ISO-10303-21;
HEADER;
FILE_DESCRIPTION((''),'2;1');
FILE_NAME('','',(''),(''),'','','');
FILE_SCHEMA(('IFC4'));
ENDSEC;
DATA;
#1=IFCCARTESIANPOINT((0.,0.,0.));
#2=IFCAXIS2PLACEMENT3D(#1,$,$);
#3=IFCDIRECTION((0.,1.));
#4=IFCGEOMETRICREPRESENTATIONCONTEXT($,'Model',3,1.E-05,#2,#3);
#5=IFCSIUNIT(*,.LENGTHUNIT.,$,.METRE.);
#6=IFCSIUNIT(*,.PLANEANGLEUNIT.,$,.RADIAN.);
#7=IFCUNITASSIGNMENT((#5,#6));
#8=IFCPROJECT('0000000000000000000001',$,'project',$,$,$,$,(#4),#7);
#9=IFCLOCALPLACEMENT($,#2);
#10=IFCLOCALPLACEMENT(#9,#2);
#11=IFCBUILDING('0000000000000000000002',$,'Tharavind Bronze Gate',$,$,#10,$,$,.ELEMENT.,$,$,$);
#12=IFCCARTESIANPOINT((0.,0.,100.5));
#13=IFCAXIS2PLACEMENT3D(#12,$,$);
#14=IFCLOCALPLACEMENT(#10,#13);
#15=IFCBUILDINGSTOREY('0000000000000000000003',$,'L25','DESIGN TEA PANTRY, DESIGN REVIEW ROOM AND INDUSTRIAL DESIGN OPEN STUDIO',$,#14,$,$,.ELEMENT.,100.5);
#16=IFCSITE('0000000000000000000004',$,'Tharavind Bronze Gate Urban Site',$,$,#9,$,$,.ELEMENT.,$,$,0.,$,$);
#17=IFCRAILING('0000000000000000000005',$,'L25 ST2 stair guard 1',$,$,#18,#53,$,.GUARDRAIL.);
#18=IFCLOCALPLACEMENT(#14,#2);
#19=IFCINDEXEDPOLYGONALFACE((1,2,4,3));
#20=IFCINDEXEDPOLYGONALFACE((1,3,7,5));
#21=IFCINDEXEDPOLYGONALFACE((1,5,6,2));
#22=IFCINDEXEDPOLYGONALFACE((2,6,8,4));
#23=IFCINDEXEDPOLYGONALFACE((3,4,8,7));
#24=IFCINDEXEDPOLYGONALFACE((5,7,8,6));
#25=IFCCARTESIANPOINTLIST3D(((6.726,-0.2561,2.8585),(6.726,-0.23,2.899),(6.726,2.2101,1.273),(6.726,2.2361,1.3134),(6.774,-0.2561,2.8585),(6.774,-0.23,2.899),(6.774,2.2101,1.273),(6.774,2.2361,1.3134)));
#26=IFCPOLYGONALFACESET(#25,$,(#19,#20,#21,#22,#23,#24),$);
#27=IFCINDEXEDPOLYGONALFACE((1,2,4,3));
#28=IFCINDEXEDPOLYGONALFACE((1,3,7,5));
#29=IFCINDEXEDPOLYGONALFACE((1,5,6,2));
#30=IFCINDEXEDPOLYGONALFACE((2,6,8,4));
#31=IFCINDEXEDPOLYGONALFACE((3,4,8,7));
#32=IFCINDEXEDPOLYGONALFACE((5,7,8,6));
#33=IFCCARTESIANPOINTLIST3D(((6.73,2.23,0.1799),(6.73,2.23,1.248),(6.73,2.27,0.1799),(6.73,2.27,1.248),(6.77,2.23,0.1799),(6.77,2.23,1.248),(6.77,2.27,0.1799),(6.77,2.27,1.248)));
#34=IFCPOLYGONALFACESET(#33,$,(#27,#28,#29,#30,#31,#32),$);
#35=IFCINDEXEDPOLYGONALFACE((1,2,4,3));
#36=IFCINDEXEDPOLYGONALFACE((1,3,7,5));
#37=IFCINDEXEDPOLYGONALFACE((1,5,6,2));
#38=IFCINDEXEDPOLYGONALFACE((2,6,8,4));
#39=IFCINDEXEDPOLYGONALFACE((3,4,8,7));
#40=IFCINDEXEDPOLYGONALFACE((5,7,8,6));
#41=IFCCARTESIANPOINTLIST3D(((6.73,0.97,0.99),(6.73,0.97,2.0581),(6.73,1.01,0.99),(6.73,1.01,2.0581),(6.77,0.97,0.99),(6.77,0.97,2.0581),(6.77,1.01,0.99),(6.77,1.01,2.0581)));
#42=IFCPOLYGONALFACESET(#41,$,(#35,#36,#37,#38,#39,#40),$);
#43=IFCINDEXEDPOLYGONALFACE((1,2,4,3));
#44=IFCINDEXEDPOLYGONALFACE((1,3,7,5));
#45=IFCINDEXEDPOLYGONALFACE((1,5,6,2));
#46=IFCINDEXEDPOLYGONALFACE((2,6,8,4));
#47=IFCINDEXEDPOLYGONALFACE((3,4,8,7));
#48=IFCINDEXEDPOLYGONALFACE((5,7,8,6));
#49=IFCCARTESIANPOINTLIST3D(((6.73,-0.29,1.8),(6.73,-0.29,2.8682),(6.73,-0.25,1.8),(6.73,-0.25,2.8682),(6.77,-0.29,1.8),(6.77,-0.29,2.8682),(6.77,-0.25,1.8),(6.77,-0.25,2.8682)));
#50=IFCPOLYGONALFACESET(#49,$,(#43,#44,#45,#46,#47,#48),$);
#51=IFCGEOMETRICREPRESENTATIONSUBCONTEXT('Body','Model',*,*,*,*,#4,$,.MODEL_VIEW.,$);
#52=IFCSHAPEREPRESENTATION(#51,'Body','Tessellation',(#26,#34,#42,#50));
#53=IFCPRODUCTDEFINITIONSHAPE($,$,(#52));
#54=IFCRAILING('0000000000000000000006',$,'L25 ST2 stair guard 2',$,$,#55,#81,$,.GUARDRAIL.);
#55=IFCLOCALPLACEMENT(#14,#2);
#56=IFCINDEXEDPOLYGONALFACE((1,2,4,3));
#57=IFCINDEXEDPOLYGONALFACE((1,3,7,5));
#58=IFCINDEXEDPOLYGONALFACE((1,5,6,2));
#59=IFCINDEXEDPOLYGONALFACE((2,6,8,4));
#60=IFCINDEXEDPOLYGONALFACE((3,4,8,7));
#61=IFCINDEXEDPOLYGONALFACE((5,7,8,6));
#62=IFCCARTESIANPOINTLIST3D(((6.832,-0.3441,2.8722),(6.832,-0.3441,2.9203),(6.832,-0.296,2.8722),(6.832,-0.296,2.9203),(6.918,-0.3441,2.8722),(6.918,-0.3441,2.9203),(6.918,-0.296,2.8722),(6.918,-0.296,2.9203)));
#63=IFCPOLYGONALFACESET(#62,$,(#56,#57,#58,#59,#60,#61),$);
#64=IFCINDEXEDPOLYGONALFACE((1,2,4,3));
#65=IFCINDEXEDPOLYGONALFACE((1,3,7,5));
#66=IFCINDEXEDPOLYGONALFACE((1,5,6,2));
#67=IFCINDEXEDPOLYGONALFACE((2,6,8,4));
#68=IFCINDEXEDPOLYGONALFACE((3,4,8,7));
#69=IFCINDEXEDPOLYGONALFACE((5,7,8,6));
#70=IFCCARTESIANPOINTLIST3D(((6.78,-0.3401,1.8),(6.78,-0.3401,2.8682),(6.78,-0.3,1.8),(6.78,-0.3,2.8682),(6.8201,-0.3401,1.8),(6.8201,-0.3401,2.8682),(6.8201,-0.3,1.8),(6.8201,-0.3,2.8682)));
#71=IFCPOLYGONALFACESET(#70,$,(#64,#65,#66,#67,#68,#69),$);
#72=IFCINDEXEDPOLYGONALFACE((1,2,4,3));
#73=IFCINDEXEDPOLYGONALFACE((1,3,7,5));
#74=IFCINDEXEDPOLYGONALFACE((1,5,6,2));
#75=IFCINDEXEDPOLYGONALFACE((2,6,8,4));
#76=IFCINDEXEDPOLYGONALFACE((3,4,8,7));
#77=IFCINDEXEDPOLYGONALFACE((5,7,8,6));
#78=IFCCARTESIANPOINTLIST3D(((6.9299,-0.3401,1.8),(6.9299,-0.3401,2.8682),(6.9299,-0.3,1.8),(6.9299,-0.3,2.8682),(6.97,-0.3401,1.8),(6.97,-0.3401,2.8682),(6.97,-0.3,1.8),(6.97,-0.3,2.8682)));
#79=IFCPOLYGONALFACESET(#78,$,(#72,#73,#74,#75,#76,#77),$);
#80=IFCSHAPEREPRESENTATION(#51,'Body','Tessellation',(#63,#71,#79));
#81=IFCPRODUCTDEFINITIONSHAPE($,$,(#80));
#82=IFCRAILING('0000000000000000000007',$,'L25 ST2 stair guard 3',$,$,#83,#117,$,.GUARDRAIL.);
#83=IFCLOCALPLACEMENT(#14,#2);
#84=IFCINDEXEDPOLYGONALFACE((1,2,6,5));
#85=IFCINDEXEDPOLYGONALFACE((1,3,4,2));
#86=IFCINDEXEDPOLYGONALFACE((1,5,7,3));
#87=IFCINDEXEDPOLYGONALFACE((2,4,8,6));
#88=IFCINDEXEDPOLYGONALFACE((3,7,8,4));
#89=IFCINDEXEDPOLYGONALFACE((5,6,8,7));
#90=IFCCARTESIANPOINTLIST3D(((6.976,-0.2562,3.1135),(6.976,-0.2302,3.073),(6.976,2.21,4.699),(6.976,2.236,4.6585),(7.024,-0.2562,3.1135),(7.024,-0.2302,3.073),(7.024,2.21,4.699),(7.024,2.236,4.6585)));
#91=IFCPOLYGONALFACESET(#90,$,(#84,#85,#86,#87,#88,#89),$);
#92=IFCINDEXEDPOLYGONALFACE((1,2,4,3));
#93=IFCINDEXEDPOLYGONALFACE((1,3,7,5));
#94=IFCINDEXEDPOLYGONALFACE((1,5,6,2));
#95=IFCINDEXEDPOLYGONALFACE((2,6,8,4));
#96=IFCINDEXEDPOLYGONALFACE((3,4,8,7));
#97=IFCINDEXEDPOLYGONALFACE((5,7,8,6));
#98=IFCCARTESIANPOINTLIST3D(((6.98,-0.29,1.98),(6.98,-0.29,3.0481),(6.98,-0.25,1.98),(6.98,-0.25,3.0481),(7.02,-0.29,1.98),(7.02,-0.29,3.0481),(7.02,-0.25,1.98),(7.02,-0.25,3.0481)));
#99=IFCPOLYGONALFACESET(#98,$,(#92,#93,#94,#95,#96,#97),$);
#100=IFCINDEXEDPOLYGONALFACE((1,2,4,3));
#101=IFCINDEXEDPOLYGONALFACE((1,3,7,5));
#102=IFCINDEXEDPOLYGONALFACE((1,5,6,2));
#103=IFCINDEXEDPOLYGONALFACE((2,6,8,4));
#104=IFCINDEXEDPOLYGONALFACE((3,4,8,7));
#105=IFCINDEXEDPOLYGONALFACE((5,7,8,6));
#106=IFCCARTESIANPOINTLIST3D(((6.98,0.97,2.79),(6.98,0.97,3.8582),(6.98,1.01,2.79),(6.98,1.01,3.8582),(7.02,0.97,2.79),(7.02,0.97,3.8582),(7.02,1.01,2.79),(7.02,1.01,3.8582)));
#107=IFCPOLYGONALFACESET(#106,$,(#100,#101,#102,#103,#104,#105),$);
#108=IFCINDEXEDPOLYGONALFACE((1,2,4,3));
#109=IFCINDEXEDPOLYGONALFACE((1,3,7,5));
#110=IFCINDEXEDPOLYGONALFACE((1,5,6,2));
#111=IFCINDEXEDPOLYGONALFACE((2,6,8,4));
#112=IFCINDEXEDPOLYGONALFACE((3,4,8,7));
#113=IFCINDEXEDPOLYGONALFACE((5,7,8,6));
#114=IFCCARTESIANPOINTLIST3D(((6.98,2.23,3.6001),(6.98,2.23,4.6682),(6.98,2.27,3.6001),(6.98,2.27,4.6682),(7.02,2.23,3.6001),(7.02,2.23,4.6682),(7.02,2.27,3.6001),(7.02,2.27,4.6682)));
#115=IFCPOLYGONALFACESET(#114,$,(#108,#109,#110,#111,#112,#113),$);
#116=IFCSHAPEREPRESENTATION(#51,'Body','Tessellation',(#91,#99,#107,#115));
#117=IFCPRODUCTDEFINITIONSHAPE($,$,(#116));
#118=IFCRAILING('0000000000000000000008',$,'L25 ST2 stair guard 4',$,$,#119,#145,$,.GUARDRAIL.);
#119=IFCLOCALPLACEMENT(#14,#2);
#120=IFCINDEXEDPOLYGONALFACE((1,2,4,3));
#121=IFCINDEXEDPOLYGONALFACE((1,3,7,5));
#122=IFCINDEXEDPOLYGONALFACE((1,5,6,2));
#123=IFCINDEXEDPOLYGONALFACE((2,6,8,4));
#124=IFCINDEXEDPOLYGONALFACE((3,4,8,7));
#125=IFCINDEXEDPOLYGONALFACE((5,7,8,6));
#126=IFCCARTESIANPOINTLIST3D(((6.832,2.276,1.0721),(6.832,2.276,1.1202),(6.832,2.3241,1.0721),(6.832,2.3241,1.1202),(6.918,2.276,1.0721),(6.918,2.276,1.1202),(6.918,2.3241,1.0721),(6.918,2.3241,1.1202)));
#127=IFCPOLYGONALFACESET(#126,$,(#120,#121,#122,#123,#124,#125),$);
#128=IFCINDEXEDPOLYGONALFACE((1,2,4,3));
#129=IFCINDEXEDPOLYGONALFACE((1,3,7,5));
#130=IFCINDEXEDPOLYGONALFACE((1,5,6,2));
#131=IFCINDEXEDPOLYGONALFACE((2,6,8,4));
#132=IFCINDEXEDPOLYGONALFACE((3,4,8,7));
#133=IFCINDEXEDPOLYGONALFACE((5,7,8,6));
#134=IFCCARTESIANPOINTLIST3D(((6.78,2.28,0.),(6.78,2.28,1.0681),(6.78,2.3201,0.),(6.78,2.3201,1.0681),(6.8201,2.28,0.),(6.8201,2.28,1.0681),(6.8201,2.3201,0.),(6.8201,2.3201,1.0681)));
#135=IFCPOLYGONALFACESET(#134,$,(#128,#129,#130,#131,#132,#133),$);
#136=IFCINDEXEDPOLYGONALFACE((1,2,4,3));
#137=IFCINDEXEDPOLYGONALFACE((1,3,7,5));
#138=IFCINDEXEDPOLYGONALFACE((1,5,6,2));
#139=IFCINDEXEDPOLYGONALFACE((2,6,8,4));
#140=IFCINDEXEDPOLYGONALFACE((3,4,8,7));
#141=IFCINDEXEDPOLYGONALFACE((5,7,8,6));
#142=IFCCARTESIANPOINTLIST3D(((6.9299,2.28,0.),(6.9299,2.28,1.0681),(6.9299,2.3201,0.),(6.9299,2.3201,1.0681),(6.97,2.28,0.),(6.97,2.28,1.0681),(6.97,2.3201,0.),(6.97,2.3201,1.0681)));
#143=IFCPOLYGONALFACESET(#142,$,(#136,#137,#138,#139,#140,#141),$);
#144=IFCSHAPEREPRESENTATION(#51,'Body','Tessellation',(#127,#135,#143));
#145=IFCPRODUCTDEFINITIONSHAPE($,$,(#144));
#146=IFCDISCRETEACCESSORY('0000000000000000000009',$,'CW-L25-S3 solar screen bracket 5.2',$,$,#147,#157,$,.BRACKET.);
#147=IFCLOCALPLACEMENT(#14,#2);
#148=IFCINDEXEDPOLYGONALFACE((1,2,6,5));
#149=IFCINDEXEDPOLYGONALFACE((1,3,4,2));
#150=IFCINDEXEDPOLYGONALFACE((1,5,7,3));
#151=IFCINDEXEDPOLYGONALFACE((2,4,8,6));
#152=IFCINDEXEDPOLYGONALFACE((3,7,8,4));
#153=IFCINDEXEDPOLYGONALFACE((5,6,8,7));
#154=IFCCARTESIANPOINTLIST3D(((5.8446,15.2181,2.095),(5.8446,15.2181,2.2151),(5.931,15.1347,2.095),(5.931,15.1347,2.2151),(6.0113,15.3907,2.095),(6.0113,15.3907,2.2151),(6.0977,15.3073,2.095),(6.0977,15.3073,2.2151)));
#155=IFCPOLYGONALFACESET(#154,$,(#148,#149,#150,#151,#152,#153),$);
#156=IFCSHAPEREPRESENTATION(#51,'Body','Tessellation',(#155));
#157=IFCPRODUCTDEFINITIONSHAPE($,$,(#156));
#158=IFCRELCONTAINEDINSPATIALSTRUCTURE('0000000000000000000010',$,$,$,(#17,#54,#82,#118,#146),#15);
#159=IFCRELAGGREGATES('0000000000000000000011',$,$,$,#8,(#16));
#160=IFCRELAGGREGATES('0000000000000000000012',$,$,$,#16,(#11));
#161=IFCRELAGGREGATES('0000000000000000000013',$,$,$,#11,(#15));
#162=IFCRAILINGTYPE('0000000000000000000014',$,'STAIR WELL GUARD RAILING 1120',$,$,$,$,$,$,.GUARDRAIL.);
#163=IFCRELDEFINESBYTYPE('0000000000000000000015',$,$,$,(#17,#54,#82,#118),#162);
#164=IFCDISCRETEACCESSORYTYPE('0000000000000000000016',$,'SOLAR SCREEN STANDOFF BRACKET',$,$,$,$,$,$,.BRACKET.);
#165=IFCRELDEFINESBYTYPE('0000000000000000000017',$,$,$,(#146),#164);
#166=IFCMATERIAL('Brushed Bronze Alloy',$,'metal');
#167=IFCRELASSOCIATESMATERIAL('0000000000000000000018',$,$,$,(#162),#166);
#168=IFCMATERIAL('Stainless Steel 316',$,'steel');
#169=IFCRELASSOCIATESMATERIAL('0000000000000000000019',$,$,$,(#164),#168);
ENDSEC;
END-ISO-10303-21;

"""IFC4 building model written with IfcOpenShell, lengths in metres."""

from ifc_helpers import new_model, si_unit, direction, frame, origin, origin_2d, place, context, subcontext, project, spatial, rectangle, extrude, material, type_object, element, save


model = new_model("IFC4")

# Units and contexts
model_context = context("Model", 3, precision=1e-05, world=origin(), true_north=direction((0.0, 1.0)))
body_context = subcontext(model_context, "Body", "Model", "MODEL_VIEW")
ifc_project = project(units=[si_unit("LENGTHUNIT", "METRE"), si_unit("PLANEANGLEUNIT", "RADIAN")], contexts=[model_context])

# Site, building, storey
site_placement = place(None, origin())
site = spatial("IfcSite", under=ifc_project, at=site_placement, Name="Tharavind Bronze Gate Urban Site", CompositionType="ELEMENT", RefElevation=0.0)
building_placement = place(site_placement, origin())
building = spatial("IfcBuilding", under=site, at=building_placement, Name="Tharavind Bronze Gate", CompositionType="ELEMENT")
storey_placement = place(building_placement, frame((0.0, 0.0, 100.5)))
storey = spatial("IfcBuildingStorey", under=building, at=storey_placement, Name="L25", Description="DESIGN TEA PANTRY, DESIGN REVIEW ROOM AND INDUSTRIAL DESIGN OPEN STUDIO", CompositionType="ELEMENT", Elevation=100.5)

# Railings
ifc_material_1 = material(Name="Brushed Bronze Alloy", Category="metal")
railing_type_1 = type_object("IfcRailingType", Name="STAIR WELL GUARD RAILING 1120", PredefinedType="GUARDRAIL", material=ifc_material_1)
railing_1_placement = place(storey_placement, frame((6.75, 2.25, 0.1799)))
element("IfcRailing", 1, at=railing_1_placement, inside=storey, type_object=railing_type_1, Name="L25 ST2 stair guard 1", PredefinedType="GUARDRAIL", context=body_context, shape_type="SweptSolid", body=[
    extrude(rectangle(XDim=0.0481, YDim=0.0481, at=origin_2d()), frame((0.0, -0.0269, 1.1133), z_axis=(0.0, -0.841163, 0.540782), x_axis=(1.0, 0.0, 0.0)), (0.0, 0.0, 1.0), 2.9319),
    extrude(rectangle(XDim=0.04, YDim=0.04, at=origin_2d()), origin(), (0.0, 0.0, 1.0), 1.0681),
    extrude(rectangle(XDim=0.04, YDim=0.04, at=origin_2d()), frame((0.0, -1.26, 0.8101)), (0.0, 0.0, 1.0), 1.0681),
    extrude(rectangle(XDim=0.04, YDim=0.04, at=origin_2d()), frame((0.0, -2.52, 1.6201)), (0.0, 0.0, 1.0), 1.0681),
])
railing_2_placement = place(storey_placement, frame((6.8, -0.3201, 1.8)))
element("IfcRailing", 2, at=railing_2_placement, inside=storey, type_object=railing_type_1, Name="L25 ST2 stair guard 2", PredefinedType="GUARDRAIL", context=body_context, shape_type="SweptSolid", body=[
    extrude(rectangle(XDim=0.0481, YDim=0.0481, at=origin_2d()), frame((0.032, 0.0, 1.0962), z_axis=(1.0, 0.0, 0.0), x_axis=(0.0, 1.0, 0.0)), (0.0, 0.0, 1.0), 0.0859),
    extrude(rectangle(XDim=0.04, YDim=0.04, at=origin_2d()), origin(), (0.0, 0.0, 1.0), 1.0681),
    extrude(rectangle(XDim=0.04, YDim=0.04, at=origin_2d()), frame((0.1499, 0.0, 0.0)), (0.0, 0.0, 1.0), 1.0681),
])
railing_3_placement = place(storey_placement, frame((7.0, -0.27, 1.98)))
element("IfcRailing", 3, at=railing_3_placement, inside=storey, type_object=railing_type_1, Name="L25 ST2 stair guard 3", PredefinedType="GUARDRAIL", context=body_context, shape_type="SweptSolid", body=[
    extrude(rectangle(XDim=0.0481, YDim=0.0481, at=origin_2d()), frame((0.0, 0.0269, 1.1133), z_axis=(0.0, 0.841163, 0.540782), x_axis=(-1.0, 0.0, 0.0)), (0.0, 0.0, 1.0), 2.9319),
    extrude(rectangle(XDim=0.04, YDim=0.04, at=origin_2d()), origin(), (0.0, 0.0, 1.0), 1.0681),
    extrude(rectangle(XDim=0.04, YDim=0.04, at=origin_2d()), frame((0.0, 1.26, 0.8101)), (0.0, 0.0, 1.0), 1.0681),
    extrude(rectangle(XDim=0.04, YDim=0.04, at=origin_2d()), frame((0.0, 2.52, 1.6201)), (0.0, 0.0, 1.0), 1.0681),
])
railing_4_placement = place(storey_placement, frame((6.8, 2.3, 0.0)))
element("IfcRailing", 4, at=railing_4_placement, inside=storey, type_object=railing_type_1, Name="L25 ST2 stair guard 4", PredefinedType="GUARDRAIL", context=body_context, shape_type="SweptSolid", body=[
    extrude(rectangle(XDim=0.0481, YDim=0.0481, at=origin_2d()), frame((0.032, 0.0, 1.0962), z_axis=(1.0, 0.0, 0.0), x_axis=(0.0, 1.0, 0.0)), (0.0, 0.0, 1.0), 0.0859),
    extrude(rectangle(XDim=0.04, YDim=0.04, at=origin_2d()), origin(), (0.0, 0.0, 1.0), 1.0681),
    extrude(rectangle(XDim=0.04, YDim=0.04, at=origin_2d()), frame((0.1499, 0.0, 0.0)), (0.0, 0.0, 1.0), 1.0681),
])

# Discrete accessory
ifc_material_2 = material(Name="Stainless Steel 316", Category="steel")
discrete_accessory_type = type_object("IfcDiscreteAccessoryType", Name="SOLAR SCREEN STANDOFF BRACKET", PredefinedType="BRACKET", material=ifc_material_2)
discrete_accessory_placement = place(storey_placement, frame((5.9712, 15.2627, 2.095), z_axis=(0.0, 0.0, 1.0), x_axis=(-0.719341, 0.694657, 0.0)))
element("IfcDiscreteAccessory", 5, at=discrete_accessory_placement, inside=storey, type_object=discrete_accessory_type, Name="CW-L25-S3 solar screen bracket 5.2", PredefinedType="BRACKET", context=body_context, shape_type="SweptSolid", body=[
    extrude(rectangle(XDim=0.1201, YDim=0.24, at=origin_2d()), origin(), (0.0, 0.0, 1.0), 0.1201),
])

save(model, "model.ifc")
